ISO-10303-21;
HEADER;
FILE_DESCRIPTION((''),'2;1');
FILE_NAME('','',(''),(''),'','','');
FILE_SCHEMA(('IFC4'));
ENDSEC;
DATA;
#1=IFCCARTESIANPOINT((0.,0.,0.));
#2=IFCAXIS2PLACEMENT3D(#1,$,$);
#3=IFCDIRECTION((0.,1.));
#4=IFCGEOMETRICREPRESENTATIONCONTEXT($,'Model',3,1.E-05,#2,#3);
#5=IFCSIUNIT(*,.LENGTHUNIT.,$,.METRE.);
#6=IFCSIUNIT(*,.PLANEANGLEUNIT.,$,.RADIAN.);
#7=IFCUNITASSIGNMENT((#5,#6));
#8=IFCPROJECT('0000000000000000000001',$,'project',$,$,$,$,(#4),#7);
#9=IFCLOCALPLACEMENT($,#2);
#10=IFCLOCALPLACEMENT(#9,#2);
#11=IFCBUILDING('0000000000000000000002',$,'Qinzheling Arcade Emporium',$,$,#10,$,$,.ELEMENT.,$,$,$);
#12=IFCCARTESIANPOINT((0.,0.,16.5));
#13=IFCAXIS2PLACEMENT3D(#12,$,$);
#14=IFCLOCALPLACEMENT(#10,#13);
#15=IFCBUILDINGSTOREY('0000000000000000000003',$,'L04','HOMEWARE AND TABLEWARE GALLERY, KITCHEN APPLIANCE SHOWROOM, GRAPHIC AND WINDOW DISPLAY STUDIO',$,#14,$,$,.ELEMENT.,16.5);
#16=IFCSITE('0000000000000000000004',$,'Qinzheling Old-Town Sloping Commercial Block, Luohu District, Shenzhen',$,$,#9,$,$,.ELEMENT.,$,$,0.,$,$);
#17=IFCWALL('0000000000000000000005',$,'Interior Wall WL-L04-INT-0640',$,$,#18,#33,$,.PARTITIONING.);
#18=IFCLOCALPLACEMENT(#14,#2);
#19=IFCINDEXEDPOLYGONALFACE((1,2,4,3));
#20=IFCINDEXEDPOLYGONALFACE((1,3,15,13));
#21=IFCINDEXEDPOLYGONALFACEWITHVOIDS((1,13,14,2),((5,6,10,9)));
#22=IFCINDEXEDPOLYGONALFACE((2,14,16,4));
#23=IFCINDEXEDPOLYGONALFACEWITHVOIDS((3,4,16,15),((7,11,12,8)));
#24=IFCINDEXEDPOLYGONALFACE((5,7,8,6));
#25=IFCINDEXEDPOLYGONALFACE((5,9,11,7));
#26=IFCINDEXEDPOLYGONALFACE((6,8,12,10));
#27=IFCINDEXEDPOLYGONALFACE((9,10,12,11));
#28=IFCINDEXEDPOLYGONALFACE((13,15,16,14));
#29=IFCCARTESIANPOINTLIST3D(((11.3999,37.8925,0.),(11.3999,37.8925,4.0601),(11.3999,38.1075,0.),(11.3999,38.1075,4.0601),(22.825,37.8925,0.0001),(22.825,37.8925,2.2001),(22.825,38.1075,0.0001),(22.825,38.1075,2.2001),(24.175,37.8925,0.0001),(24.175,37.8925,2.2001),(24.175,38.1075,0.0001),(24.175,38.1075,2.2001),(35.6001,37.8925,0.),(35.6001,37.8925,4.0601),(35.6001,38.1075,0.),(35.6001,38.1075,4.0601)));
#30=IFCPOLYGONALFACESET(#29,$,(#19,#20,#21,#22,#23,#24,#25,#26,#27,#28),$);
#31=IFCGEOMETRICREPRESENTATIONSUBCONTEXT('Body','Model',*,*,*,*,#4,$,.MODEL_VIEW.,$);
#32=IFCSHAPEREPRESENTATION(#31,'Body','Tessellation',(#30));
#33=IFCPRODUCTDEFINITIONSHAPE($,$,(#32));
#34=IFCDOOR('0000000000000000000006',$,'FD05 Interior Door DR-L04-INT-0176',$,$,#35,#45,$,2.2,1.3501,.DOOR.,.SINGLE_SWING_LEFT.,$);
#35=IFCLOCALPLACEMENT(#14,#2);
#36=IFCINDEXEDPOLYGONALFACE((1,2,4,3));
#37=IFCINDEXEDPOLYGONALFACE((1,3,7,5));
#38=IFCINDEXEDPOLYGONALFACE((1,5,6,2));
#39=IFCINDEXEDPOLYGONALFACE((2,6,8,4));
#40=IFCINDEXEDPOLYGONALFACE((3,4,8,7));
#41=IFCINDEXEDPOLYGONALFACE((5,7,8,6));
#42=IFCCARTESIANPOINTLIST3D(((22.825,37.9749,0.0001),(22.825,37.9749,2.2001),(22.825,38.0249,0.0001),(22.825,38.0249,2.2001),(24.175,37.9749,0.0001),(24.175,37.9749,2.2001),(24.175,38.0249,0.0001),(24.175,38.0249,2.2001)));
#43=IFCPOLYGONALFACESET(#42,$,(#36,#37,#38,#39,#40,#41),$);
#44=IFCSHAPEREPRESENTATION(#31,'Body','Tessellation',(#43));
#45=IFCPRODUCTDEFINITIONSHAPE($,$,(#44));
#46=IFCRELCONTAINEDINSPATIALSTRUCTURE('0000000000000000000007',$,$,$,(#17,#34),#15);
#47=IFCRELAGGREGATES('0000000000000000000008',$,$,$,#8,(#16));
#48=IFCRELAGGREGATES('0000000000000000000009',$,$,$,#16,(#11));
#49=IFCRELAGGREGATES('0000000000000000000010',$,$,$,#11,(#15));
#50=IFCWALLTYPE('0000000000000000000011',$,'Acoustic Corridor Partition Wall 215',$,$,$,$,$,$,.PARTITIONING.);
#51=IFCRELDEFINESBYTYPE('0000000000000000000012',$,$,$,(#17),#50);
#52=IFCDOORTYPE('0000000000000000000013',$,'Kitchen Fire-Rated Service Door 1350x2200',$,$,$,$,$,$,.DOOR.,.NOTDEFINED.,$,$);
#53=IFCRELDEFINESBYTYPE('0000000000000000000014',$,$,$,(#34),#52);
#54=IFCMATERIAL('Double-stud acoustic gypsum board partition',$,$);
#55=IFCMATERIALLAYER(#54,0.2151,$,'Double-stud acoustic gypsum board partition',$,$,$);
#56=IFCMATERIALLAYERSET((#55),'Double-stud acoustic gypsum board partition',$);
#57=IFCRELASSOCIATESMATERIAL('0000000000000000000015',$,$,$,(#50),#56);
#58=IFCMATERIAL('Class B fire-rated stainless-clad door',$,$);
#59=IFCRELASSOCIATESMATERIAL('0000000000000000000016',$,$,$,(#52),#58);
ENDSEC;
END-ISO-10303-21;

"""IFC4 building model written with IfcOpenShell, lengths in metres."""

from ifc_helpers import new_model, si_unit, direction, frame, frame_2d, origin, place, context, subcontext, project, spatial, rectangle, extrude, material, layer, layer_set, type_object, element, fill, save


model = new_model("IFC4")

# Units and contexts
model_context = context("Model", 3, precision=1e-05, world=origin(), true_north=direction((0.0, 1.0)))
body_context = subcontext(model_context, "Body", "Model", "MODEL_VIEW")
ifc_project = project(units=[si_unit("LENGTHUNIT", "METRE"), si_unit("PLANEANGLEUNIT", "RADIAN")], contexts=[model_context])

# Site, building, storey
site_placement = place(None, origin())
site = spatial("IfcSite", under=ifc_project, at=site_placement, Name="Qinzheling Old-Town Sloping Commercial Block, Luohu District, Shenzhen", CompositionType="ELEMENT", RefElevation=0.0)
building_placement = place(site_placement, origin())
building = spatial("IfcBuilding", under=site, at=building_placement, Name="Qinzheling Arcade Emporium", CompositionType="ELEMENT")
storey_placement = place(building_placement, frame((0.0, 0.0, 16.5)))
storey = spatial("IfcBuildingStorey", under=building, at=storey_placement, Name="L04", Description="HOMEWARE AND TABLEWARE GALLERY, KITCHEN APPLIANCE SHOWROOM, GRAPHIC AND WINDOW DISPLAY STUDIO", CompositionType="ELEMENT", Elevation=16.5)

# Shared definitions
ifc_material_1 = material(Name="Double-stud acoustic gypsum board partition")
ifc_layer_1 = layer(ifc_material_1, 0.2151, Name="Double-stud acoustic gypsum board partition")
ifc_layer_set_1 = layer_set([ifc_layer_1], Name="Double-stud acoustic gypsum board partition")
wall_type = type_object("IfcWallType", Name="Acoustic Corridor Partition Wall 215", PredefinedType="PARTITIONING", material=ifc_layer_set_1)

# Wall, opening, door
wall_1_placement = place(storey_placement, frame((11.3999, 38.0, 0.0), z_axis=(0.0, 0.0, 1.0), x_axis=(1.0, 0.0, 0.0)))
wall_1 = element("IfcWall", 1, at=wall_1_placement, inside=storey, type_object=wall_type, Name="Interior Wall WL-L04-INT-0640", PredefinedType="PARTITIONING", context=body_context, shape_type="SweptSolid", body=[
    extrude(rectangle(XDim=24.2002, YDim=0.2151, at=frame_2d((12.1001, 0.0))), origin(), (0.0, 0.0, 1.0), 4.0601),
])
opening_placement = place(wall_1_placement, frame((11.425, 0.0, 0.0)))
opening = element("IfcOpeningElement", 2, at=opening_placement, cuts=wall_1, PredefinedType="OPENING", context=body_context, shape_type="SweptSolid", body=[
    extrude(rectangle(XDim=1.3501, YDim=2.2, at=frame_2d((0.675, 1.1001))), frame((0.0, 0.1177, 0.0), z_axis=(0.0, -1.0, 0.0), x_axis=(1.0, 0.0, 0.0)), (0.0, 0.0, 1.0), 0.2351),
])
ifc_material_2 = material(Name="Class B fire-rated stainless-clad door")
door_type = type_object("IfcDoorType", Name="Kitchen Fire-Rated Service Door 1350x2200", OperationType="NOTDEFINED", PredefinedType="DOOR", material=ifc_material_2)
door_placement = place(opening_placement, origin())
door = element("IfcDoor", 3, at=door_placement, inside=storey, type_object=door_type, Name="FD05 Interior Door DR-L04-INT-0176", OperationType="SINGLE_SWING_LEFT", OverallHeight=2.2, OverallWidth=1.3501, PredefinedType="DOOR", context=body_context, shape_type="SweptSolid", body=[
    extrude(rectangle(XDim=1.3501, YDim=2.2, at=frame_2d((0.675, 1.1001))), frame((0.0, 0.0249, 0.0), z_axis=(0.0, -1.0, 0.0), x_axis=(1.0, 0.0, 0.0)), (0.0, 0.0, 1.0), 0.05),
])
fill(opening, door)

save(model, "model.ifc")
